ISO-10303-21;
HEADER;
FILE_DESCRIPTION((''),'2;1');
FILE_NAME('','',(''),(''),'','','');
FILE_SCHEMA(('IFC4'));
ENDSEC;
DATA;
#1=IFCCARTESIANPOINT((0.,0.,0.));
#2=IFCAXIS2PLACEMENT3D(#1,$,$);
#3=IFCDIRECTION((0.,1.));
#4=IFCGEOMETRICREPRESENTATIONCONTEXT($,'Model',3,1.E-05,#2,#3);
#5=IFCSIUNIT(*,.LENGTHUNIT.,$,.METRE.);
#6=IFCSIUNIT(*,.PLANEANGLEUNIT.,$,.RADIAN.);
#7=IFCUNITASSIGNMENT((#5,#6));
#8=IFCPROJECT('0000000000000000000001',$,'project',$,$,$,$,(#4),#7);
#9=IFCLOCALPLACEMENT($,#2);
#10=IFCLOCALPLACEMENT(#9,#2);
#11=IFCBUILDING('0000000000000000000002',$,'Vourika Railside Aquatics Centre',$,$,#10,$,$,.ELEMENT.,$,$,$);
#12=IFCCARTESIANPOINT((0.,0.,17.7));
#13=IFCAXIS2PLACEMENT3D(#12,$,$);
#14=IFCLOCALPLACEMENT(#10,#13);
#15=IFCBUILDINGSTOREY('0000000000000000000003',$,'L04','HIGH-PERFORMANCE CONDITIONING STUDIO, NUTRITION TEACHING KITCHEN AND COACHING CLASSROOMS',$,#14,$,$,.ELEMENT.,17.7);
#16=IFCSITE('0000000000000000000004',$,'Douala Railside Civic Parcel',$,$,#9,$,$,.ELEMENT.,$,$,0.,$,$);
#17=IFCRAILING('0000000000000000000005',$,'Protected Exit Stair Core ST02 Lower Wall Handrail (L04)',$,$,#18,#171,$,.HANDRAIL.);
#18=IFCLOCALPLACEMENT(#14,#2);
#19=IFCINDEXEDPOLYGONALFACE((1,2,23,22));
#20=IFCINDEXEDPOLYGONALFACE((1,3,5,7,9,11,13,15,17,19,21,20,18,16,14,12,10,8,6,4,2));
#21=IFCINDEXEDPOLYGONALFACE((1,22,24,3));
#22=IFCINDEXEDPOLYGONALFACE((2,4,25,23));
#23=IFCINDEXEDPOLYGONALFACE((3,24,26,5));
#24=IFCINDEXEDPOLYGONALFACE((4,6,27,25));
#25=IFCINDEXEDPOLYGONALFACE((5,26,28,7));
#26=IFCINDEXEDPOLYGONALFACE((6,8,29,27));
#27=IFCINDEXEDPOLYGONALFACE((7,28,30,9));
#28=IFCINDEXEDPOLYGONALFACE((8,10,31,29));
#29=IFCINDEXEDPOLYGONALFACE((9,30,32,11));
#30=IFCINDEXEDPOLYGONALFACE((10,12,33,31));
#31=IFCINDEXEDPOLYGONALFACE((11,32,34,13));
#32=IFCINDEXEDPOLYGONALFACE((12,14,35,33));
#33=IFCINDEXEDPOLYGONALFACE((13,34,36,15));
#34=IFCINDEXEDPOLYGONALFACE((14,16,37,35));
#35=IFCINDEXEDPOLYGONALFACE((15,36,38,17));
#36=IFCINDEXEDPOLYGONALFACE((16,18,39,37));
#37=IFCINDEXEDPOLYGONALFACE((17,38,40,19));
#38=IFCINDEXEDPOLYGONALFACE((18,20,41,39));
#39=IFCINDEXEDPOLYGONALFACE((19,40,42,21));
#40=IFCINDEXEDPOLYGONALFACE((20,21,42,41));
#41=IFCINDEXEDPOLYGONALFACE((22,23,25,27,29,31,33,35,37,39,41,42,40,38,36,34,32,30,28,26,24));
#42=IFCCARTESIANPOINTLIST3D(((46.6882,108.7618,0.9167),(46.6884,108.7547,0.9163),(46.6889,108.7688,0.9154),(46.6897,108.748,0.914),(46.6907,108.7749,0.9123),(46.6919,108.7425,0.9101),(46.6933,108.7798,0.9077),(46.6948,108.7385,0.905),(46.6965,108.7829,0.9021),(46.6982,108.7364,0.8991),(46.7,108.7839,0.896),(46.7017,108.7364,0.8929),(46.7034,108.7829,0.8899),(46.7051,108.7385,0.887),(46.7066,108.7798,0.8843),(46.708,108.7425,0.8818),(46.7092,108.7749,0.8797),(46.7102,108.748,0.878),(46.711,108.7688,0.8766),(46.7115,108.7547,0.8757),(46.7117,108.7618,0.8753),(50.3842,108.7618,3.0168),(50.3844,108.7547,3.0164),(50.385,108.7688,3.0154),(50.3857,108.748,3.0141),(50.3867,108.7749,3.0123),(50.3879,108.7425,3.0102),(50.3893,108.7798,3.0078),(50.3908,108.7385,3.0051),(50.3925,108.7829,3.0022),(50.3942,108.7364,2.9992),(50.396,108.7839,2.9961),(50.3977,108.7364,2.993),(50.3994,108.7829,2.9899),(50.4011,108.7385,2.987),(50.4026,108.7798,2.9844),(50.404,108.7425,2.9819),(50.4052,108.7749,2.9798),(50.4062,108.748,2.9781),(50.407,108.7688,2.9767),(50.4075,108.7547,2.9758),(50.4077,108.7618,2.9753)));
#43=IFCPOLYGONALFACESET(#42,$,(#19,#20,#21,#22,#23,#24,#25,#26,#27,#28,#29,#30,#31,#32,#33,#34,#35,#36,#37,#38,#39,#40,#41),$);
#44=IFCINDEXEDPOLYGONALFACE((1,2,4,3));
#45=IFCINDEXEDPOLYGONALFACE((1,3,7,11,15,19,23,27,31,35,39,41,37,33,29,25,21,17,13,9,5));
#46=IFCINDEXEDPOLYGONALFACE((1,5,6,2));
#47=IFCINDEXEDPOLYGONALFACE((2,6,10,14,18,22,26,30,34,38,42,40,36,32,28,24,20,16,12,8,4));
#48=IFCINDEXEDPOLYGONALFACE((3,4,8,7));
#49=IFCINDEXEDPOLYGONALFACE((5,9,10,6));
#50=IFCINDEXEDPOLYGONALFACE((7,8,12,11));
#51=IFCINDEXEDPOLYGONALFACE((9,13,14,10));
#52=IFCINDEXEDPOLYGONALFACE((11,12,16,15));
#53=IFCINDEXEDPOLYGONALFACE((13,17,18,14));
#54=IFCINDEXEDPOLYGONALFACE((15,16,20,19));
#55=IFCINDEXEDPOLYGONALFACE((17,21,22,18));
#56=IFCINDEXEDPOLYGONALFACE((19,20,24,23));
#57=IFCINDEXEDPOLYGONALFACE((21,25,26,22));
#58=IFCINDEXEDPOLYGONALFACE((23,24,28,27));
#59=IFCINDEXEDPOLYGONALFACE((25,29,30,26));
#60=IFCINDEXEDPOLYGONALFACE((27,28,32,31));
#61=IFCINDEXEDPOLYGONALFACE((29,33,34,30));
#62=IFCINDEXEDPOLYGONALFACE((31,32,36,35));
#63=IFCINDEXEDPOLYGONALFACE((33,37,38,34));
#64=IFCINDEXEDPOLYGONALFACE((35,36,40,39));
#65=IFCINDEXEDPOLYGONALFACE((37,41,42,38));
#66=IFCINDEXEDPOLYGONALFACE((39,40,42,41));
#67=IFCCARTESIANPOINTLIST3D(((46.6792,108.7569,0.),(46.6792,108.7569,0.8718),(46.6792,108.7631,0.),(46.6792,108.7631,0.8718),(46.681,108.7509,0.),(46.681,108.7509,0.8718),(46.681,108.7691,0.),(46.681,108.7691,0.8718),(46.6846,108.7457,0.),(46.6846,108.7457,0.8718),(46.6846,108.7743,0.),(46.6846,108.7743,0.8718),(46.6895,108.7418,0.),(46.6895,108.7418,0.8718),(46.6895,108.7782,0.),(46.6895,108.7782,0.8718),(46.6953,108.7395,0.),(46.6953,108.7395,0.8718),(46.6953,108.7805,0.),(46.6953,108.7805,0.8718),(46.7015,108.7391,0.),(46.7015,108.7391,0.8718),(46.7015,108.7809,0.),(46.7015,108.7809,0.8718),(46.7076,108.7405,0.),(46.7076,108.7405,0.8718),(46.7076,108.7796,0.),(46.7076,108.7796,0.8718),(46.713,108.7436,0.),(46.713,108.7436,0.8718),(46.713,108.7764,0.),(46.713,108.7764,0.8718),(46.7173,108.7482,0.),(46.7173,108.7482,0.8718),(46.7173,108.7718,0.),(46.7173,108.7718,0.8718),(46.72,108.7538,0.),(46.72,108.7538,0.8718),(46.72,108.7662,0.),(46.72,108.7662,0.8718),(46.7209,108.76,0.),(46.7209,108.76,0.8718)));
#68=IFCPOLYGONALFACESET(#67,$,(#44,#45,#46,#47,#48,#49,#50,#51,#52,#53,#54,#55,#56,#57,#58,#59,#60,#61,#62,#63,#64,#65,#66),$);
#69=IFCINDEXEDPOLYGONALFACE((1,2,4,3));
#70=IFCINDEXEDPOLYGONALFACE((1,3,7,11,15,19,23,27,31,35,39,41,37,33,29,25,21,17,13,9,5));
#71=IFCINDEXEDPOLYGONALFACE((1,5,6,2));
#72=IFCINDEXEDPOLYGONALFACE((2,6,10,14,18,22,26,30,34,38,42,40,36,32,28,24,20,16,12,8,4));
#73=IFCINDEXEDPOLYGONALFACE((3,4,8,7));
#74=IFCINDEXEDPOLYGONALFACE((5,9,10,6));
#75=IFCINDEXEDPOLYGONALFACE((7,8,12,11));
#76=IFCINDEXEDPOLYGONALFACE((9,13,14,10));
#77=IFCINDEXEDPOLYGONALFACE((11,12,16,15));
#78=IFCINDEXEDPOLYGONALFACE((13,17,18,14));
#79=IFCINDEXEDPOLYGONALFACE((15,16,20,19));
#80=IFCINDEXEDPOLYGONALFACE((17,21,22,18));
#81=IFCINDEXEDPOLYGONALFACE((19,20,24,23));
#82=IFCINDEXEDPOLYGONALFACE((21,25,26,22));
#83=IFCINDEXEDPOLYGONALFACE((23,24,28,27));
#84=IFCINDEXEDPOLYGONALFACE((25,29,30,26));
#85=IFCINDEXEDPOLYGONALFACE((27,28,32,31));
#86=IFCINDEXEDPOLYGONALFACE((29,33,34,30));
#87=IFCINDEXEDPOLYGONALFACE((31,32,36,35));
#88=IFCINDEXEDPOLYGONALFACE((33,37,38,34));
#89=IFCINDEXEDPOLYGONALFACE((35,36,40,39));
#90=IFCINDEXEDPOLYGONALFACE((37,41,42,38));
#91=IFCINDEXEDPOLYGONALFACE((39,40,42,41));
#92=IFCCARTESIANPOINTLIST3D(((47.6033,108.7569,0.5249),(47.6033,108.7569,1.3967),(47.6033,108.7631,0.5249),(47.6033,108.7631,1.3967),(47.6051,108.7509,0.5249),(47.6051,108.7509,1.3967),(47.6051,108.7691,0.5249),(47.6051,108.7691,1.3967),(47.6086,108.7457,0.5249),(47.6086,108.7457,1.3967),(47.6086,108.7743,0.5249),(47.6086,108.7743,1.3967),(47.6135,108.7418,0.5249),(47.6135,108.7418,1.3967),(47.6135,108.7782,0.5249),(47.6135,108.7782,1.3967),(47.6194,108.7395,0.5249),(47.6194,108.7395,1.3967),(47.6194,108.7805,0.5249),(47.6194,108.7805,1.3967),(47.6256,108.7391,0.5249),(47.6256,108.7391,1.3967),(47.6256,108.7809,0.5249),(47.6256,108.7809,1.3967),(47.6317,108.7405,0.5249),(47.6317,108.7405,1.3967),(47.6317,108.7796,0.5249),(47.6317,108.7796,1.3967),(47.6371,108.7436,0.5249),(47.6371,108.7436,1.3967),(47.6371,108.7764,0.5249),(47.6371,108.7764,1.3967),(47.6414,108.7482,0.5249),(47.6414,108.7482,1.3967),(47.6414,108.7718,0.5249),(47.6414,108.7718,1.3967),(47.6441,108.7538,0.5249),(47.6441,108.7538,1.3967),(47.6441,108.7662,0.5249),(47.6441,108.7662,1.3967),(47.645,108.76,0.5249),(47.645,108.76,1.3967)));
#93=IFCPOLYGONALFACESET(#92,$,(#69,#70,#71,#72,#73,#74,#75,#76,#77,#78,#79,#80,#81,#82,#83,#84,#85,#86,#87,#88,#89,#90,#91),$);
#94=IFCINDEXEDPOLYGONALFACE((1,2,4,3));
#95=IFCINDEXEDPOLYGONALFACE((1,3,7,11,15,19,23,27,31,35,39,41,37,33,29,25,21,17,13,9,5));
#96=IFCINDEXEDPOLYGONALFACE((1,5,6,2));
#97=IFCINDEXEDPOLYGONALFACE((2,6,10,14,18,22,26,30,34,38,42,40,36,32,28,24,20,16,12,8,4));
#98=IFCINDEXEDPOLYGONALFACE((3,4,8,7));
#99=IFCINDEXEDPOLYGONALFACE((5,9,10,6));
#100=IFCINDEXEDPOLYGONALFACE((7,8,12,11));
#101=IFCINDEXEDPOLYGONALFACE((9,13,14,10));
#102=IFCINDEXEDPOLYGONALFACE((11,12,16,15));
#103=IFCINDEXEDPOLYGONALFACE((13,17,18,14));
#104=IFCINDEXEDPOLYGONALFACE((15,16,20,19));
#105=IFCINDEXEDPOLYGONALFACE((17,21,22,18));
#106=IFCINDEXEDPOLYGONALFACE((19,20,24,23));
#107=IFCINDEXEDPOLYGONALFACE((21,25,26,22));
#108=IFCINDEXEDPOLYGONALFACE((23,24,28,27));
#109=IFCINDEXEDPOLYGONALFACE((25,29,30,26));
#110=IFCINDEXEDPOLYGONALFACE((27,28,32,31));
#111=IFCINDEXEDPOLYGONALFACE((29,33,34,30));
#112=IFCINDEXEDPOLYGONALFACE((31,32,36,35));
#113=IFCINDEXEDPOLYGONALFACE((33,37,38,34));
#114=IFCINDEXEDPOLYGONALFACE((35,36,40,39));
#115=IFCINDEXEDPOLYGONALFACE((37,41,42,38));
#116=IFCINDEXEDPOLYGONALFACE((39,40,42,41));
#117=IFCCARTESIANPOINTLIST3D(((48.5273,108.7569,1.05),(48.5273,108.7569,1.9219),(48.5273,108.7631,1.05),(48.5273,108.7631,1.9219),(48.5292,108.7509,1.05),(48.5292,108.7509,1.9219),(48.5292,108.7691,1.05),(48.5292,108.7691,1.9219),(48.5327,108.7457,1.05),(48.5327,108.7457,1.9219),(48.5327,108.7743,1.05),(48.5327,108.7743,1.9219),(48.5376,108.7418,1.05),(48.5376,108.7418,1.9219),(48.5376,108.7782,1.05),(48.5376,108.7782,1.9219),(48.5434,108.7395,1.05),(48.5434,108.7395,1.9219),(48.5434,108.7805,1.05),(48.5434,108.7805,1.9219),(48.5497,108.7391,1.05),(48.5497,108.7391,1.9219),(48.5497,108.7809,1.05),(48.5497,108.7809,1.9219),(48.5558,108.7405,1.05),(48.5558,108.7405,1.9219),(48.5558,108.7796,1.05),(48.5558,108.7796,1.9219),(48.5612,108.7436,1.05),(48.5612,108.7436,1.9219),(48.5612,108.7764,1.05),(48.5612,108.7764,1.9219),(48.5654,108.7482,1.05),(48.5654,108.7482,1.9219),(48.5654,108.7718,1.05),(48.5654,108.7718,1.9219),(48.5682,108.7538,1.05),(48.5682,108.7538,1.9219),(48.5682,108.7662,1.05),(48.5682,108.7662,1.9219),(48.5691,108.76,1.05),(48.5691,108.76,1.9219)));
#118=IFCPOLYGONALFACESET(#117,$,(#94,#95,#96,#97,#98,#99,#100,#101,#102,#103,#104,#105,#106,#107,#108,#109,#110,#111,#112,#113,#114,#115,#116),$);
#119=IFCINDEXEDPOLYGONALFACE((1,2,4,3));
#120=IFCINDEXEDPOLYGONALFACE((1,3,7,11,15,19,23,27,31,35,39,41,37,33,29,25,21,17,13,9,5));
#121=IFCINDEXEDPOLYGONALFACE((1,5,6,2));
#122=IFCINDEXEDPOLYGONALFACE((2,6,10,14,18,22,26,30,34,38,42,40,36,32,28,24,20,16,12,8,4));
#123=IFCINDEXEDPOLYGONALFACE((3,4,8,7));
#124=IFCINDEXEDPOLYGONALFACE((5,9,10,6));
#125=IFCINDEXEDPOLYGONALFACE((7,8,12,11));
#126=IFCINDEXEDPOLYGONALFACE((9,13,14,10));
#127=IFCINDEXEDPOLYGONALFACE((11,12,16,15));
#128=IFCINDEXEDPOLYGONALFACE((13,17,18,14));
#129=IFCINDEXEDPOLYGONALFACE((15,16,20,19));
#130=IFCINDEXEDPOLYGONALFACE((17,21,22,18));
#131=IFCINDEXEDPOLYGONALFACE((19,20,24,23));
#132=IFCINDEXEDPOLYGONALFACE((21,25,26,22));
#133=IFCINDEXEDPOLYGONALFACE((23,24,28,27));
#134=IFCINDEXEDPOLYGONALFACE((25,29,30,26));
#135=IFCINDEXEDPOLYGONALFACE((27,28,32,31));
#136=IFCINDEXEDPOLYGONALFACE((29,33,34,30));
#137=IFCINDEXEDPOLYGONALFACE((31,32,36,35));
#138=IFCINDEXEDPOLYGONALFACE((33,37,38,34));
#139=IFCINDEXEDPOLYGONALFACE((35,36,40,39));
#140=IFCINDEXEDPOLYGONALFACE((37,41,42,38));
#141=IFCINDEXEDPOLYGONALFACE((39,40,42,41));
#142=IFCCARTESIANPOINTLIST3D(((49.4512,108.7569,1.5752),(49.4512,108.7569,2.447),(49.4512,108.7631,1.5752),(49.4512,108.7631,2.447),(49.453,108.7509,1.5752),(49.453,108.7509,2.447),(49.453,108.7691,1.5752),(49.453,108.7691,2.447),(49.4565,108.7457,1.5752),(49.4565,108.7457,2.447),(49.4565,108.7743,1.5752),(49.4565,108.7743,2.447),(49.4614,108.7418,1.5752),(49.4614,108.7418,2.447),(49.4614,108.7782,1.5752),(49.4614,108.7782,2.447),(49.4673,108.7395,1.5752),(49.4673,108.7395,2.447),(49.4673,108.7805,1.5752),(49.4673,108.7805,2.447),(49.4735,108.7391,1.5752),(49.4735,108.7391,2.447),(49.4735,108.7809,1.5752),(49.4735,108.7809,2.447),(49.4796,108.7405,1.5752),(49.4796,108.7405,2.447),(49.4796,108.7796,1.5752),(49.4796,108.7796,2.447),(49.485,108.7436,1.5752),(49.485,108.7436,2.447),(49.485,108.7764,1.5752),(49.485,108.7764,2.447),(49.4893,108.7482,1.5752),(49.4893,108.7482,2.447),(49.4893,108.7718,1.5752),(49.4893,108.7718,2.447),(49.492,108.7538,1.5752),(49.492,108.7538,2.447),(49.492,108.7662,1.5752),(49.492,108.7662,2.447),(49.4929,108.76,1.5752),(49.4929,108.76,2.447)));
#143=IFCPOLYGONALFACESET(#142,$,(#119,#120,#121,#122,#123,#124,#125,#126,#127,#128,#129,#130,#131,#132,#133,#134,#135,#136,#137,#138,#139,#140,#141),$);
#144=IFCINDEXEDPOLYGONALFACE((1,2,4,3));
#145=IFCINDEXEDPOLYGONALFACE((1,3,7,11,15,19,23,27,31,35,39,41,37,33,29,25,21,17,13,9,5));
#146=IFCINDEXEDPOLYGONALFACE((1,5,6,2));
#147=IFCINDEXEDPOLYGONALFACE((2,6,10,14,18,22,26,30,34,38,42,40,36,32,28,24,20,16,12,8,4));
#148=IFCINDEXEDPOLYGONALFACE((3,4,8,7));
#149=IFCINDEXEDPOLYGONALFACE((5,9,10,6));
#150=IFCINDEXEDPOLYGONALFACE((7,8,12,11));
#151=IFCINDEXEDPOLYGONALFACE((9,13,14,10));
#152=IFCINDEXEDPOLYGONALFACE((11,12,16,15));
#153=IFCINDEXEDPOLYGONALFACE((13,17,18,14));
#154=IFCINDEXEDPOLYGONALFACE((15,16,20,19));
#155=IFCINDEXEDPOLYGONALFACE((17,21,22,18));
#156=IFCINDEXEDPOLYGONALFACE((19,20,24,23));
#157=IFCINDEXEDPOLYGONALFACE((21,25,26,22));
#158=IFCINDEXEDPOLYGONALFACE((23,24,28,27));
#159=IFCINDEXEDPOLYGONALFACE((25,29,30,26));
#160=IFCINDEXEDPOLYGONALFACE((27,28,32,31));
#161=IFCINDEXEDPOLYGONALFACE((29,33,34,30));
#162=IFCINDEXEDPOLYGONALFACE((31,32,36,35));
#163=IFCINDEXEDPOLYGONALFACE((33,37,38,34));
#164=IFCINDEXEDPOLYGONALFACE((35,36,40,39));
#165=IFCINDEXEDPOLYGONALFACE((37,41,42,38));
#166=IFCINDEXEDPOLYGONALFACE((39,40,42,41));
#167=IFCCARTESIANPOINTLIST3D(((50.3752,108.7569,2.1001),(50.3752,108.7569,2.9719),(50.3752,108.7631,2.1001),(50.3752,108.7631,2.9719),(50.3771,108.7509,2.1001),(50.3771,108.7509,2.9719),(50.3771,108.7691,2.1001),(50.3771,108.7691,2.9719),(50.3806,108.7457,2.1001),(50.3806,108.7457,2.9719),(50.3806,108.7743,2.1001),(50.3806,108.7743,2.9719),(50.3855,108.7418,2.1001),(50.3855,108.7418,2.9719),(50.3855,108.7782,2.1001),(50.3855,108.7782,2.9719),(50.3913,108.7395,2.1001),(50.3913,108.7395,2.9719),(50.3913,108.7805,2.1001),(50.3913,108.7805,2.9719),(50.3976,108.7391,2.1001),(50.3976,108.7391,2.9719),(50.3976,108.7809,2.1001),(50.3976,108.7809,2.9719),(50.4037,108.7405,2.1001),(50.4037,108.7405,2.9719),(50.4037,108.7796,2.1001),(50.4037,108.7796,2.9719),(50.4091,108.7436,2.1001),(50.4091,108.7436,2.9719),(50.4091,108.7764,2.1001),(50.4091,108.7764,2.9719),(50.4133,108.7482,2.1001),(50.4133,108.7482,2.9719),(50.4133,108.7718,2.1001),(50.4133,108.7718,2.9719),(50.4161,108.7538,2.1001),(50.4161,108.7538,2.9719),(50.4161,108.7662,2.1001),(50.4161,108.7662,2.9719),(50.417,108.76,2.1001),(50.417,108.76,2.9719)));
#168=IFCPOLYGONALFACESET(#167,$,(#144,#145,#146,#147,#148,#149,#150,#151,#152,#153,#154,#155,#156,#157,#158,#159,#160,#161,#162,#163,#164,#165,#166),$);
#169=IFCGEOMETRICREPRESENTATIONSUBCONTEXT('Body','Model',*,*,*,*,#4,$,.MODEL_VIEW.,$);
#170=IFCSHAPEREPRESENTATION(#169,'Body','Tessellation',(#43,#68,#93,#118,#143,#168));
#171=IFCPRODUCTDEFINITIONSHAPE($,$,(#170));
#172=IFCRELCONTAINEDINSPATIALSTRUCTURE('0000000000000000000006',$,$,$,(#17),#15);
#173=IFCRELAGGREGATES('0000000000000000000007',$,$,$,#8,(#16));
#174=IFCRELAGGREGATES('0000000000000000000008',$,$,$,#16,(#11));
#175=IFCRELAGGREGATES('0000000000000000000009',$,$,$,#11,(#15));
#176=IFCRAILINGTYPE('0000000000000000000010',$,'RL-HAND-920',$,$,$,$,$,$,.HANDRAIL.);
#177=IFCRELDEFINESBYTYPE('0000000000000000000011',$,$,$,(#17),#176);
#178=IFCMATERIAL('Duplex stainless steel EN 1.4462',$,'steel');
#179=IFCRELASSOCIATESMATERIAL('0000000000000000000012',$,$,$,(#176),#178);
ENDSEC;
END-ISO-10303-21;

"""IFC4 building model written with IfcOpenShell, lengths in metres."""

from ifc_helpers import new_model, si_unit, direction, frame, origin, origin_2d, place, context, subcontext, project, spatial, circle, extrude, material, type_object, element, save


model = new_model("IFC4")

# Units and contexts
model_context = context("Model", 3, precision=1e-05, world=origin(), true_north=direction((0.0, 1.0)))
body_context = subcontext(model_context, "Body", "Model", "MODEL_VIEW")
ifc_project = project(units=[si_unit("LENGTHUNIT", "METRE"), si_unit("PLANEANGLEUNIT", "RADIAN")], contexts=[model_context])

# Site, building, storey
site_placement = place(None, origin())
site = spatial("IfcSite", under=ifc_project, at=site_placement, Name="Douala Railside Civic Parcel", CompositionType="ELEMENT", RefElevation=0.0)
building_placement = place(site_placement, origin())
building = spatial("IfcBuilding", under=site, at=building_placement, Name="Vourika Railside Aquatics Centre", CompositionType="ELEMENT")
storey_placement = place(building_placement, frame((0.0, 0.0, 17.7)))
storey = spatial("IfcBuildingStorey", under=building, at=storey_placement, Name="L04", Description="HIGH-PERFORMANCE CONDITIONING STUDIO, NUTRITION TEACHING KITCHEN AND COACHING CLASSROOMS", CompositionType="ELEMENT", Elevation=17.7)

# Railing
ifc_material_1 = material(Name="Duplex stainless steel EN 1.4462", Category="steel")
railing_type_1 = type_object("IfcRailingType", Name="RL-HAND-920", PredefinedType="HANDRAIL", material=ifc_material_1)
railing_1_placement = place(storey_placement, frame((46.7, 108.76, 0.0)))
element("IfcRailing", 1, at=railing_1_placement, inside=storey, type_object=railing_type_1, Name="Protected Exit Stair Core ST02 Lower Wall Handrail (L04)", PredefinedType="HANDRAIL", context=body_context, shape_type="SweptSolid", body=[
    extrude(circle(Radius=0.0239, at=origin_2d()), frame((0.0, 0.0, 0.896), z_axis=(0.869449, 0.0, 0.494022), x_axis=(0.0, 1.0, 0.0)), (0.0, 0.0, 1.0), 4.251),
    extrude(circle(Radius=0.021, at=origin_2d()), origin(), (0.0, 0.0, 1.0), 0.8718),
    extrude(circle(Radius=0.021, at=origin_2d()), frame((0.9241, 0.0, 0.5249)), (0.0, 0.0, 1.0), 0.8718),
    extrude(circle(Radius=0.021, at=origin_2d()), frame((1.8481, 0.0, 1.05)), (0.0, 0.0, 1.0), 0.8718),
    extrude(circle(Radius=0.021, at=origin_2d()), frame((2.772, 0.0, 1.5752)), (0.0, 0.0, 1.0), 0.8718),
    extrude(circle(Radius=0.021, at=origin_2d()), frame((3.696, 0.0, 2.1001)), (0.0, 0.0, 1.0), 0.8718),
])

save(model, "model.ifc")
